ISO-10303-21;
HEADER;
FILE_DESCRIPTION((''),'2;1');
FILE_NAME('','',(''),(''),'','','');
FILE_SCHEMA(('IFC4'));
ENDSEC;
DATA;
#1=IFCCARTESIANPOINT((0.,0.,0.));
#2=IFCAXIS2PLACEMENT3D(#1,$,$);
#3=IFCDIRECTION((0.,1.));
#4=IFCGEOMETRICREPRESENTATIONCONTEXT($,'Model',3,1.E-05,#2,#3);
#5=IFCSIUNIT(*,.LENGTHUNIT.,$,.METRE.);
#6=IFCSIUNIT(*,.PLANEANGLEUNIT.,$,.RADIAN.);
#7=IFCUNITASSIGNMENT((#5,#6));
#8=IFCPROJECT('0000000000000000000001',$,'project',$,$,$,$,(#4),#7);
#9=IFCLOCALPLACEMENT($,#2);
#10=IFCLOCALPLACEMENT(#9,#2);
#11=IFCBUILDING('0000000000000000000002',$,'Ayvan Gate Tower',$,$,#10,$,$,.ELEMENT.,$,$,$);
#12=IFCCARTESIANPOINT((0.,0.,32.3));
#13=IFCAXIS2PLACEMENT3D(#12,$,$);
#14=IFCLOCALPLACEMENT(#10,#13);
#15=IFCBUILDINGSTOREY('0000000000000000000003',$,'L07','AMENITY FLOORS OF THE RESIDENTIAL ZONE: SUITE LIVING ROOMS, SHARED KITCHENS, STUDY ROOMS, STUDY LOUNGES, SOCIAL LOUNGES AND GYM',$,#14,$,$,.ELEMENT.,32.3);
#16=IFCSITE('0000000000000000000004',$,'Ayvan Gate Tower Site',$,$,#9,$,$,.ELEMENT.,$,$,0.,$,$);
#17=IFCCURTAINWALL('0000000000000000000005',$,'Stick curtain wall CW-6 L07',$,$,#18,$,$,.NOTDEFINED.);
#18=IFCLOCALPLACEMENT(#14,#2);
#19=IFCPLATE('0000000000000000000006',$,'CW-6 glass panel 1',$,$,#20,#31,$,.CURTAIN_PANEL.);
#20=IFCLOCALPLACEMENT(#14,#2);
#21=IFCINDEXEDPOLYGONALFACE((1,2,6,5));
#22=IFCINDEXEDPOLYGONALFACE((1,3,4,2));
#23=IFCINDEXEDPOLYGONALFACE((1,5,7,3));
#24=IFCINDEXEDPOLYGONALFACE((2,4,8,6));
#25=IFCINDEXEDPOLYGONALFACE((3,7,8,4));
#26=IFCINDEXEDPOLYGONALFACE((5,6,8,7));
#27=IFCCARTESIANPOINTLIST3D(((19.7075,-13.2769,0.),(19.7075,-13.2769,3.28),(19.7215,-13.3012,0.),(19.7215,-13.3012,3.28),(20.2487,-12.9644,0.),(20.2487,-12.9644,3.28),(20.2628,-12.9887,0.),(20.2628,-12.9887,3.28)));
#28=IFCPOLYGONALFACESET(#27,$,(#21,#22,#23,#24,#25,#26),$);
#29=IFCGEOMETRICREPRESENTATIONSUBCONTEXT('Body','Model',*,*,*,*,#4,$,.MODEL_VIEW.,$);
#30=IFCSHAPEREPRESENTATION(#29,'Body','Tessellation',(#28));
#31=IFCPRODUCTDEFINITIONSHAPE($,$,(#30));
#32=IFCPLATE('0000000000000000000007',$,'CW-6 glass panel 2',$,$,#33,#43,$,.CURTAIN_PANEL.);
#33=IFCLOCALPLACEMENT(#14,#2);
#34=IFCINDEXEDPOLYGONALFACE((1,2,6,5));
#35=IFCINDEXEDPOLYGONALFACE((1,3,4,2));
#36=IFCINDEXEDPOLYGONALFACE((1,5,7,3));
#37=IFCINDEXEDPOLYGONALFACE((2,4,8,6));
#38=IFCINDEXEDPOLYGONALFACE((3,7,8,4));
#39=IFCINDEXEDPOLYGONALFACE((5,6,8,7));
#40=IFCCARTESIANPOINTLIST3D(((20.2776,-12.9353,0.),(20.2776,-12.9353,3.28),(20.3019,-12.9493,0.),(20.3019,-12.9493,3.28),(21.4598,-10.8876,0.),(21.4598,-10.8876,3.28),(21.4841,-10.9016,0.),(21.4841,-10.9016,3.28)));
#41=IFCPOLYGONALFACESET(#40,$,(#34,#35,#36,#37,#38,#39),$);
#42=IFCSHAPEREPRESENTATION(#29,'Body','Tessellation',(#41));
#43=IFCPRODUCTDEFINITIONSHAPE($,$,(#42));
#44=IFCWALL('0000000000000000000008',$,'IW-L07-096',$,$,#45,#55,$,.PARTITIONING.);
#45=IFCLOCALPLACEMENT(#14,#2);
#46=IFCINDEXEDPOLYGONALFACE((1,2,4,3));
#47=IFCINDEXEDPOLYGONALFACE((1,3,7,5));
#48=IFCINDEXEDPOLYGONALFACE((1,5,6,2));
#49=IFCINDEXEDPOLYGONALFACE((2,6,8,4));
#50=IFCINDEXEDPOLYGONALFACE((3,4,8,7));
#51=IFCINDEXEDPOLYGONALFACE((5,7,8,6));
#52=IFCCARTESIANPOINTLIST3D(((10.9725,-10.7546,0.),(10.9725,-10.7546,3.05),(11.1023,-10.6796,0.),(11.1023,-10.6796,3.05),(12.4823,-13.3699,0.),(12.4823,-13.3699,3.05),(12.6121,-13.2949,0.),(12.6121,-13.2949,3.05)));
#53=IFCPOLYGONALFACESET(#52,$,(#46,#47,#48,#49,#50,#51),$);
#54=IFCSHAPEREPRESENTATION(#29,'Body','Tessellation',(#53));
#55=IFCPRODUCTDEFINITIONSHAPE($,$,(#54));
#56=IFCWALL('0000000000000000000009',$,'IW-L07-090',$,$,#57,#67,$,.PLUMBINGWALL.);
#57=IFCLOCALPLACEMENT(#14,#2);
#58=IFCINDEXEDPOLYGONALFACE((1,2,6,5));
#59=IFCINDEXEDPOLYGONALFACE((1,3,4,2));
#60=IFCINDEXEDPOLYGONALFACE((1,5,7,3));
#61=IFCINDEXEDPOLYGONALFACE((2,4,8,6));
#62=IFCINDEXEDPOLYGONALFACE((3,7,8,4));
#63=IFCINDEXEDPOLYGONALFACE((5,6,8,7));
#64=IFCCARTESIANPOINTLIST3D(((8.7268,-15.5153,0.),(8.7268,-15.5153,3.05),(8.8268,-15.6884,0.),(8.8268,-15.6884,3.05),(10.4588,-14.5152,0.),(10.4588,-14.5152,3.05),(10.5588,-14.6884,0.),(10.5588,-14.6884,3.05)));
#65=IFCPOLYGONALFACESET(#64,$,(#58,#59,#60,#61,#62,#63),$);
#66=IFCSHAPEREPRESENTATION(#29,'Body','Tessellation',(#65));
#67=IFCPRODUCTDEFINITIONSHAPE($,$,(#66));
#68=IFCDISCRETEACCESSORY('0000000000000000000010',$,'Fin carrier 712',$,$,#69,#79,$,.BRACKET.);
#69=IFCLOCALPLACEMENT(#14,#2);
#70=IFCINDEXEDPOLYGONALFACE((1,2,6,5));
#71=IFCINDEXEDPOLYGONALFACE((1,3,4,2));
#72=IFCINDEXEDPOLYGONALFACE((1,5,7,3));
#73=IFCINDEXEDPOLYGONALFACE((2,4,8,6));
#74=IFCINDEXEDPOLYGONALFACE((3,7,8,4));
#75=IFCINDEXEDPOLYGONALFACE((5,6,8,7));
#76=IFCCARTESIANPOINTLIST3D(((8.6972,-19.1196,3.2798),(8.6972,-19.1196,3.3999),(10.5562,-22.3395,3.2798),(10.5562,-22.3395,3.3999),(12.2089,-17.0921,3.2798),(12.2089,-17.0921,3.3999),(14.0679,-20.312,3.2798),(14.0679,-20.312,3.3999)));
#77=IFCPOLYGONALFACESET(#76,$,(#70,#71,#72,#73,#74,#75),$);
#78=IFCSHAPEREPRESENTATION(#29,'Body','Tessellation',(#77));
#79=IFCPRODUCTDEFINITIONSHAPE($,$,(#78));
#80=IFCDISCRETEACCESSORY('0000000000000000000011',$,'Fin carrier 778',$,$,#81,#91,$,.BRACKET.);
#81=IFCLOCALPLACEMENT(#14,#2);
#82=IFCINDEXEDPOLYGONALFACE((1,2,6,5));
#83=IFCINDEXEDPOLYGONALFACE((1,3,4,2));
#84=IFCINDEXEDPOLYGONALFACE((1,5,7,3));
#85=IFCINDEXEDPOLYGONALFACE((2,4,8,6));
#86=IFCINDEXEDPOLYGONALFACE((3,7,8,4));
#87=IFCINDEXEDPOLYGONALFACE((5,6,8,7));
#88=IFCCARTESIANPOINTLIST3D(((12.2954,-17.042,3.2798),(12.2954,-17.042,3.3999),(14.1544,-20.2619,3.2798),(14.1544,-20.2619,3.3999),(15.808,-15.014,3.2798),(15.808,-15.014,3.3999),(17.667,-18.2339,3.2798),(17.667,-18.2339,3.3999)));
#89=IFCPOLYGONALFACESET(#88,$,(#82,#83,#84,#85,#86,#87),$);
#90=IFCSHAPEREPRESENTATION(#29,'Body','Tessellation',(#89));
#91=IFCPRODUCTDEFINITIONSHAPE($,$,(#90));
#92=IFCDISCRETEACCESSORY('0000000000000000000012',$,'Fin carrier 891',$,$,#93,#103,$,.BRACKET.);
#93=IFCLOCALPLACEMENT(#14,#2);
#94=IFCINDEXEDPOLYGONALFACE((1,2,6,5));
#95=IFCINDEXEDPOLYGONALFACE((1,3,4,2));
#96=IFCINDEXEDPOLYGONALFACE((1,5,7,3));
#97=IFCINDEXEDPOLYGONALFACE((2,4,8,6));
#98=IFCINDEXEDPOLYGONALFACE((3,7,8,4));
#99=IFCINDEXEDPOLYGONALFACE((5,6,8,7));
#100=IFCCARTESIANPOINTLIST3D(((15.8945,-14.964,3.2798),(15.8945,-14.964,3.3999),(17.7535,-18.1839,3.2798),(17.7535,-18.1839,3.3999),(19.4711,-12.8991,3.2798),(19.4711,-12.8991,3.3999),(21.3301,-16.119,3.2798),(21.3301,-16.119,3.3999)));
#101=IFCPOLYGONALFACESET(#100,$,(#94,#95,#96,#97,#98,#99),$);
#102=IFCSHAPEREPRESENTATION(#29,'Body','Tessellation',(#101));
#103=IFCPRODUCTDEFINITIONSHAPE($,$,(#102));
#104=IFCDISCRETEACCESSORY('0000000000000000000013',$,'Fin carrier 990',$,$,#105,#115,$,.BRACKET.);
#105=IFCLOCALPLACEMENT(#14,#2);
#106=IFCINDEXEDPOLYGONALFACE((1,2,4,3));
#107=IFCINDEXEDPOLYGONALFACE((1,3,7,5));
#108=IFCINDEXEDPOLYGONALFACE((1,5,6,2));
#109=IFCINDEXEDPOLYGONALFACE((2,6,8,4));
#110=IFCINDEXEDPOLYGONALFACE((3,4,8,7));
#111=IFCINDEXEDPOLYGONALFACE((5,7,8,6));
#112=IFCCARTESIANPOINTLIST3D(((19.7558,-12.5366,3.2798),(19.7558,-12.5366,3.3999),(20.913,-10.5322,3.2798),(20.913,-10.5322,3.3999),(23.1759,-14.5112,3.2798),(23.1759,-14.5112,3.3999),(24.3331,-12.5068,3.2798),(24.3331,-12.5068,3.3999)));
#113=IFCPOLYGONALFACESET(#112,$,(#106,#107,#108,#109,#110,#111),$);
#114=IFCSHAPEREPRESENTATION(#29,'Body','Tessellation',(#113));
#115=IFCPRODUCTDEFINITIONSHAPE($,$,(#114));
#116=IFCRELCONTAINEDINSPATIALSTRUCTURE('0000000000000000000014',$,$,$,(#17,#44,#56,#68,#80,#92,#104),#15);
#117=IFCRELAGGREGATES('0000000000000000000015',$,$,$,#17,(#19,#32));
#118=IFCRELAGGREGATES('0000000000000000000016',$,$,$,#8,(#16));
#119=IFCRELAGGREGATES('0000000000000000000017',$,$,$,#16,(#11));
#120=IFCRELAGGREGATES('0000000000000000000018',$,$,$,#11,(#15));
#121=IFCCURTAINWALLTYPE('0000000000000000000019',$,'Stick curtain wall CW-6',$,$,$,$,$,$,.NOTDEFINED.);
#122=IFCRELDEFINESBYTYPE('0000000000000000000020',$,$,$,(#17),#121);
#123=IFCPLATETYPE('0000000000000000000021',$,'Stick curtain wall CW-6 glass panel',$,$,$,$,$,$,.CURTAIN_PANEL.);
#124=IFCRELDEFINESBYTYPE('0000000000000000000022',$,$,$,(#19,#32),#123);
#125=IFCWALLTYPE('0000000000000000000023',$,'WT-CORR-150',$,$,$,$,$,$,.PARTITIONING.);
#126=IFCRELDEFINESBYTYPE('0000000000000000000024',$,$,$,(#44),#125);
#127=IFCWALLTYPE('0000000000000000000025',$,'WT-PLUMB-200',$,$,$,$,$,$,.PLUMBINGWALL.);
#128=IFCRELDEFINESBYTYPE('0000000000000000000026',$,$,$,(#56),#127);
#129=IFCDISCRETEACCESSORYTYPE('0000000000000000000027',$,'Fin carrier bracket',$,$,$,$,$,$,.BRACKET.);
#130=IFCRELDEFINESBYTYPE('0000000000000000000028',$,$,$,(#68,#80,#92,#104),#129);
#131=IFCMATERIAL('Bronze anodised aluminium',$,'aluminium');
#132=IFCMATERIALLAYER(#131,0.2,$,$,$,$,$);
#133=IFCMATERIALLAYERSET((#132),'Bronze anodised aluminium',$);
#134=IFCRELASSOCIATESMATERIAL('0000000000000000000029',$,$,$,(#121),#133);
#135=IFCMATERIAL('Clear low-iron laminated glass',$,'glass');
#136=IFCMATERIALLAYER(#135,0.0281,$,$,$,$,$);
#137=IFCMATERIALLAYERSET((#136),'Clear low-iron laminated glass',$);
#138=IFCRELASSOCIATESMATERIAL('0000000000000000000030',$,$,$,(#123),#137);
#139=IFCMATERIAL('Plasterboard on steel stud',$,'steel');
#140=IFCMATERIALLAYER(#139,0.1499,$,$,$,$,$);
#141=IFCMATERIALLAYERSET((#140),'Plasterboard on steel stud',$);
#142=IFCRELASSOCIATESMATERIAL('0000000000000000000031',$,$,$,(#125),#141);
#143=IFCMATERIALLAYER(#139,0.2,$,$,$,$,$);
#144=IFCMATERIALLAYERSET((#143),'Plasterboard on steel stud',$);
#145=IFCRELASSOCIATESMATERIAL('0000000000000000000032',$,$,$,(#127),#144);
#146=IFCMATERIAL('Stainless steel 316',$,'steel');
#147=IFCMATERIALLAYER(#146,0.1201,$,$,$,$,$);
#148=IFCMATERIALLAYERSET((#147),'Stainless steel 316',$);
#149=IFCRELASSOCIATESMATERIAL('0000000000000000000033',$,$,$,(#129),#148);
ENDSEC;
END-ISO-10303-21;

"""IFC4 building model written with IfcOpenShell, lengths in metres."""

from ifc_helpers import new_model, si_unit, direction, frame, frame_2d, origin, origin_2d, place, context, subcontext, project, spatial, rectangle, extrude, material, layer, layer_set, type_object, element, aggregate, save


model = new_model("IFC4")

# Units and contexts
model_context = context("Model", 3, precision=1e-05, world=origin(), true_north=direction((0.0, 1.0)))
body_context = subcontext(model_context, "Body", "Model", "MODEL_VIEW")
ifc_project = project(units=[si_unit("LENGTHUNIT", "METRE"), si_unit("PLANEANGLEUNIT", "RADIAN")], contexts=[model_context])

# Site, building, storey
site_placement = place(None, origin())
site = spatial("IfcSite", under=ifc_project, at=site_placement, Name="Ayvan Gate Tower Site", CompositionType="ELEMENT", RefElevation=0.0)
building_placement = place(site_placement, origin())
building = spatial("IfcBuilding", under=site, at=building_placement, Name="Ayvan Gate Tower", CompositionType="ELEMENT")
storey_placement = place(building_placement, frame((0.0, 0.0, 32.3)))
storey = spatial("IfcBuildingStorey", under=building, at=storey_placement, Name="L07", Description="AMENITY FLOORS OF THE RESIDENTIAL ZONE: SUITE LIVING ROOMS, SHARED KITCHENS, STUDY ROOMS, STUDY LOUNGES, SOCIAL LOUNGES AND GYM", CompositionType="ELEMENT", Elevation=32.3)

# Curtain wall
ifc_material_1 = material(Name="Bronze anodised aluminium", Category="aluminium")
ifc_layer_1 = layer(ifc_material_1, 0.2)
ifc_layer_set_1 = layer_set([ifc_layer_1], Name="Bronze anodised aluminium")
curtain_wall_type_1 = type_object("IfcCurtainWallType", Name="Stick curtain wall CW-6", PredefinedType="NOTDEFINED", material=ifc_layer_set_1)
curtain_wall_1_placement = place(storey_placement, origin())
curtain_wall_1 = element("IfcCurtainWall", 1, at=curtain_wall_1_placement, inside=storey, type_object=curtain_wall_type_1, Name="Stick curtain wall CW-6 L07", PredefinedType="NOTDEFINED")

# Plates
ifc_material_2 = material(Name="Clear low-iron laminated glass", Category="glass")
ifc_layer_2 = layer(ifc_material_2, 0.0281)
ifc_layer_set_2 = layer_set([ifc_layer_2], Name="Clear low-iron laminated glass")
plate_type_1 = type_object("IfcPlateType", Name="Stick curtain wall CW-6 glass panel", PredefinedType="CURTAIN_PANEL", material=ifc_layer_set_2)
plate_1_placement = place(storey_placement, frame((19.9851, -13.1328, 0.0), z_axis=(0.0, 0.0, 1.0), x_axis=(0.866025, 0.5, 0.0)))
plate_1 = element("IfcPlate", 2, at=plate_1_placement, type_object=plate_type_1, Name="CW-6 glass panel 1", PredefinedType="CURTAIN_PANEL", context=body_context, shape_type="SweptSolid", body=[
    extrude(rectangle(XDim=0.625, YDim=0.0281, at=origin_2d()), origin(), (0.0, 0.0, 1.0), 3.28),
])
plate_2_placement = place(storey_placement, frame((20.8809, -11.9185, 0.0), z_axis=(0.0, 0.0, 1.0), x_axis=(0.5, 0.866025, 0.0)))
plate_2 = element("IfcPlate", 3, at=plate_2_placement, type_object=plate_type_1, Name="CW-6 glass panel 2", PredefinedType="CURTAIN_PANEL", context=body_context, shape_type="SweptSolid", body=[
    extrude(rectangle(XDim=2.3645, YDim=0.0281, at=origin_2d()), origin(), (0.0, 0.0, 1.0), 3.28),
])
aggregate(curtain_wall_1, [plate_1, plate_2])

# Walls
ifc_material_3 = material(Name="Plasterboard on steel stud", Category="steel")
ifc_layer_3 = layer(ifc_material_3, 0.1499)
ifc_layer_set_3 = layer_set([ifc_layer_3], Name="Plasterboard on steel stud")
wall_type_1 = type_object("IfcWallType", Name="WT-CORR-150", PredefinedType="PARTITIONING", material=ifc_layer_set_3)
wall_1_placement = place(storey_placement, frame((12.5471, -13.3323, 0.0), z_axis=(0.0, 0.0, 1.0), x_axis=(-0.499965, 0.866046, 0.0)))
element("IfcWall", 4, at=wall_1_placement, inside=storey, type_object=wall_type_1, Name="IW-L07-096", PredefinedType="PARTITIONING", context=body_context, shape_type="SweptSolid", body=[
    extrude(rectangle(XDim=3.0198, YDim=0.1499, at=frame_2d((1.5098, 0.0))), origin(), (0.0, 0.0, 1.0), 3.05),
])
ifc_layer_4 = layer(ifc_material_3, 0.2)
ifc_layer_set_4 = layer_set([ifc_layer_4], Name="Plasterboard on steel stud")
wall_type_2 = type_object("IfcWallType", Name="WT-PLUMB-200", PredefinedType="PLUMBINGWALL", material=ifc_layer_set_4)
wall_2_placement = place(storey_placement, frame((10.5088, -14.6018, 0.0), z_axis=(0.0, 0.0, 1.0), x_axis=(-0.866011, -0.500025, 0.0)))
element("IfcWall", 5, at=wall_2_placement, inside=storey, type_object=wall_type_2, Name="IW-L07-090", PredefinedType="PLUMBINGWALL", context=body_context, shape_type="SweptSolid", body=[
    extrude(rectangle(XDim=2.0, YDim=0.2, at=frame_2d((1.0, 0.0))), origin(), (0.0, 0.0, 1.0), 3.05),
])

# Discrete accessories
ifc_material_4 = material(Name="Stainless steel 316", Category="steel")
ifc_layer_5 = layer(ifc_material_4, 0.1201)
ifc_layer_set_5 = layer_set([ifc_layer_5], Name="Stainless steel 316")
discrete_accessory_type = type_object("IfcDiscreteAccessoryType", Name="Fin carrier bracket", PredefinedType="BRACKET", material=ifc_layer_set_5)
discrete_accessory_1_placement = place(storey_placement, frame((11.3826, -19.7158, 3.2798), z_axis=(0.0, 0.0, 1.0), x_axis=(0.866025, 0.5, 0.0)))
element("IfcDiscreteAccessory", 6, at=discrete_accessory_1_placement, inside=storey, type_object=discrete_accessory_type, Name="Fin carrier 712", PredefinedType="BRACKET", context=body_context, shape_type="SweptSolid", body=[
    extrude(rectangle(XDim=4.0549, YDim=3.718, at=origin_2d()), origin(), (0.0, 0.0, 1.0), 0.1201),
])
discrete_accessory_2_placement = place(storey_placement, frame((14.9812, -17.6379, 3.2798), z_axis=(0.0, 0.0, 1.0), x_axis=(0.866025, 0.5, 0.0)))
element("IfcDiscreteAccessory", 7, at=discrete_accessory_2_placement, inside=storey, type_object=discrete_accessory_type, Name="Fin carrier 778", PredefinedType="BRACKET", context=body_context, shape_type="SweptSolid", body=[
    extrude(rectangle(XDim=4.0559, YDim=3.718, at=origin_2d()), origin(), (0.0, 0.0, 1.0), 0.1201),
])
discrete_accessory_3_placement = place(storey_placement, frame((18.6123, -15.5415, 3.2798), z_axis=(0.0, 0.0, 1.0), x_axis=(0.866025, 0.5, 0.0)))
element("IfcDiscreteAccessory", 8, at=discrete_accessory_3_placement, inside=storey, type_object=discrete_accessory_type, Name="Fin carrier 891", PredefinedType="BRACKET", context=body_context, shape_type="SweptSolid", body=[
    extrude(rectangle(XDim=4.1299, YDim=3.718, at=origin_2d()), origin(), (0.0, 0.0, 1.0), 0.1201),
])
discrete_accessory_4_placement = place(storey_placement, frame((22.0444, -12.5217, 3.2798), z_axis=(0.0, 0.0, 1.0), x_axis=(0.5, 0.866025, 0.0)))
element("IfcDiscreteAccessory", 9, at=discrete_accessory_4_placement, inside=storey, type_object=discrete_accessory_type, Name="Fin carrier 990", PredefinedType="BRACKET", context=body_context, shape_type="SweptSolid", body=[
    extrude(rectangle(XDim=2.3145, YDim=3.9492, at=origin_2d()), origin(), (0.0, 0.0, 1.0), 0.1201),
])

save(model, "model.ifc")
